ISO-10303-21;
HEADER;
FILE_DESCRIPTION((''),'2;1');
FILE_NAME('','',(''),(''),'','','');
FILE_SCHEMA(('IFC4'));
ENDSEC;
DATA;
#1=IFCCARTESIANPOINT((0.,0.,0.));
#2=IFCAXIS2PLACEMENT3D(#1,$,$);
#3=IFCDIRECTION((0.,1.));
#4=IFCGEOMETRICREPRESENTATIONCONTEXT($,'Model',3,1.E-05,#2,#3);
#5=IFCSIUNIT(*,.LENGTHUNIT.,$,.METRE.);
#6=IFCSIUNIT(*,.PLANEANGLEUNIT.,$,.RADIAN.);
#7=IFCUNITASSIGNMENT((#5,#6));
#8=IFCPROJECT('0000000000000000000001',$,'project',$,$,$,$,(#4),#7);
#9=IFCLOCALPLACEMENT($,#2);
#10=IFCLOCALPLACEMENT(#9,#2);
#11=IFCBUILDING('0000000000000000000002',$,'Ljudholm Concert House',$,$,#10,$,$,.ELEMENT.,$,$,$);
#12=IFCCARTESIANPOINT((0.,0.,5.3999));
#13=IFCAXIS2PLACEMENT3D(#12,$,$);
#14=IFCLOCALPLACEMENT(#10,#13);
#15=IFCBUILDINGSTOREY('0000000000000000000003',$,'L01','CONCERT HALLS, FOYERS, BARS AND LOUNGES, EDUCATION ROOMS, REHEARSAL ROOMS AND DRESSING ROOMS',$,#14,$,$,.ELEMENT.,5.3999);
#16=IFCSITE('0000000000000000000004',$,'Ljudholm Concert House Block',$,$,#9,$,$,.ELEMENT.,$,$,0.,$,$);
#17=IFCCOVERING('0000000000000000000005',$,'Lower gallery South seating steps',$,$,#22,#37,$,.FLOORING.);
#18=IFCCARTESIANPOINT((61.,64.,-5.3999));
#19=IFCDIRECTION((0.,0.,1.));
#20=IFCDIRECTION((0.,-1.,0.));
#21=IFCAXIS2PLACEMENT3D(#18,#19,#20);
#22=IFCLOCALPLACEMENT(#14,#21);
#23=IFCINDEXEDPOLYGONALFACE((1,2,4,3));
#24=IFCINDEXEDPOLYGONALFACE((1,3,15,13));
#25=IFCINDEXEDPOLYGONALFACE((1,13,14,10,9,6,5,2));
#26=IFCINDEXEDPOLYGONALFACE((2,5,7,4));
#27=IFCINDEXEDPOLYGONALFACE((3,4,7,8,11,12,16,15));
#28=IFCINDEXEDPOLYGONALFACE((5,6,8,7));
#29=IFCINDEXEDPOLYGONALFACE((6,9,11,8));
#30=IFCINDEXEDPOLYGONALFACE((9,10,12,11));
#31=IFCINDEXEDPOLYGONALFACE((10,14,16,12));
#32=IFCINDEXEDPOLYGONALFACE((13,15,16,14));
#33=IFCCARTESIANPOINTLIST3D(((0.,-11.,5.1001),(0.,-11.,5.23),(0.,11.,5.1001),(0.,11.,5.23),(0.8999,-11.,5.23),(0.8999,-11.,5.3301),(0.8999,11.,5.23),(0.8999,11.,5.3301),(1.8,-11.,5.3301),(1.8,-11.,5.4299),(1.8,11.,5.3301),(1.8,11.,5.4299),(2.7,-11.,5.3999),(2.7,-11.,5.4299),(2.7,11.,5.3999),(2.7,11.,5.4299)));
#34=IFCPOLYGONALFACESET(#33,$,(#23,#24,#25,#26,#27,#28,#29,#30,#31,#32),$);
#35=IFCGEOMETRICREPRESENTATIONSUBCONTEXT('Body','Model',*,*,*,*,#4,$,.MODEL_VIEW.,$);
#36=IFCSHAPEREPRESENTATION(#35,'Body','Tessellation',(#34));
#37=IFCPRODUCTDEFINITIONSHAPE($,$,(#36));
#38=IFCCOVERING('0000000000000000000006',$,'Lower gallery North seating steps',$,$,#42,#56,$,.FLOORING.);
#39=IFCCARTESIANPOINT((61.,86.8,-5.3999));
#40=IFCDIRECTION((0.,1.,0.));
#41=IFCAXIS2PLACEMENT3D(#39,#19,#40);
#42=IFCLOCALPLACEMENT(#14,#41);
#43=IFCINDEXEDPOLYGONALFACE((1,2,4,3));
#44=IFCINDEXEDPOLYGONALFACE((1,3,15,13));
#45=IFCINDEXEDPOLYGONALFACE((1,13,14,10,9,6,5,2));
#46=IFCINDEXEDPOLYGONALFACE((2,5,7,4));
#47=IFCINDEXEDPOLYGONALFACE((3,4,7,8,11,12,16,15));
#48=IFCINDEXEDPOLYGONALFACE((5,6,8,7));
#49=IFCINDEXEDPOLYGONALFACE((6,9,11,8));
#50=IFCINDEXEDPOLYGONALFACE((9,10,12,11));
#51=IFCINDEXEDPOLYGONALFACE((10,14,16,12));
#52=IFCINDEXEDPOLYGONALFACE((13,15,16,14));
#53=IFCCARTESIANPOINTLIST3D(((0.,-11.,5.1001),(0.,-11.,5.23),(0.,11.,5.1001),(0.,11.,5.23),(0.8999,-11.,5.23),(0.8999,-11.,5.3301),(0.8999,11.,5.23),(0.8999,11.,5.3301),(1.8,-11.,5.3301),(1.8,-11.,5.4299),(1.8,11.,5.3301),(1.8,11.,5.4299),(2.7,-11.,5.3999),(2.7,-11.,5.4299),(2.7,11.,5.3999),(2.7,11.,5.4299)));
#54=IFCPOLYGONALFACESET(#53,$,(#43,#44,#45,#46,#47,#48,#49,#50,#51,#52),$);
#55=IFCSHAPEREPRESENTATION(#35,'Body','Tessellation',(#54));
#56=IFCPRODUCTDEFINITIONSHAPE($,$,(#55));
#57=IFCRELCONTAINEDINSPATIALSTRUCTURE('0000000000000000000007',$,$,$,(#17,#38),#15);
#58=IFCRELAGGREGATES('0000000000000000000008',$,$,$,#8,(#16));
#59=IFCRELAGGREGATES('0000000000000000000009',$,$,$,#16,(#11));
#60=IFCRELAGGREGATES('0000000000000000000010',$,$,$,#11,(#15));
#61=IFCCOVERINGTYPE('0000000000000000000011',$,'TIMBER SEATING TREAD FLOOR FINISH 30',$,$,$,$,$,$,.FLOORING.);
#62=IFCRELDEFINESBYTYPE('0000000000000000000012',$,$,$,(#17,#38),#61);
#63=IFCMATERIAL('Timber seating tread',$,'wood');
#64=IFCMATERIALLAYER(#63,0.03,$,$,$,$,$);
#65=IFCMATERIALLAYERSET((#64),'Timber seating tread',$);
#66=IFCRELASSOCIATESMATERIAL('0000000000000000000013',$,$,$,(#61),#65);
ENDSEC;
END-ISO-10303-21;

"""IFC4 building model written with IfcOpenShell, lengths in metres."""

from ifc_helpers import new_model, si_unit, direction, frame, origin, place, context, subcontext, project, spatial, polyline, outline, extrude, material, layer, layer_set, type_object, element, save


model = new_model("IFC4")

# Units and contexts
model_context = context("Model", 3, precision=1e-05, world=origin(), true_north=direction((0.0, 1.0)))
body_context = subcontext(model_context, "Body", "Model", "MODEL_VIEW")
ifc_project = project(units=[si_unit("LENGTHUNIT", "METRE"), si_unit("PLANEANGLEUNIT", "RADIAN")], contexts=[model_context])

# Site, building, storey
site_placement = place(None, origin())
site = spatial("IfcSite", under=ifc_project, at=site_placement, Name="Ljudholm Concert House Block", CompositionType="ELEMENT", RefElevation=0.0)
building_placement = place(site_placement, origin())
building = spatial("IfcBuilding", under=site, at=building_placement, Name="Ljudholm Concert House", CompositionType="ELEMENT")
storey_placement = place(building_placement, frame((0.0, 0.0, 5.3999)))
storey = spatial("IfcBuildingStorey", under=building, at=storey_placement, Name="L01", Description="CONCERT HALLS, FOYERS, BARS AND LOUNGES, EDUCATION ROOMS, REHEARSAL ROOMS AND DRESSING ROOMS", CompositionType="ELEMENT", Elevation=5.3999)

# Coverings
ifc_material_1 = material(Name="Timber seating tread", Category="wood")
ifc_layer_1 = layer(ifc_material_1, 0.03)
ifc_layer_set_1 = layer_set([ifc_layer_1], Name="Timber seating tread")
covering_type = type_object("IfcCoveringType", Name="TIMBER SEATING TREAD FLOOR FINISH 30", PredefinedType="FLOORING", material=ifc_layer_set_1)
for number, where, z_axis, x_axis, name in (
    (1, (61.0, 64.0, -5.3999), (0.0, 0.0, 1.0), (0.0, -1.0, 0.0), "Lower gallery South seating steps"),
    (2, (61.0, 86.8, -5.3999), (0.0, 0.0, 1.0), (0.0, 1.0, 0.0), "Lower gallery North seating steps"),
):
    element("IfcCovering", number, at=place(storey_placement, frame(where, z_axis=z_axis, x_axis=x_axis)), inside=storey, type_object=covering_type, Name=name, PredefinedType="FLOORING", context=body_context, shape_type="SweptSolid", body=[
        extrude(outline(polyline([(0.0, 5.1001), (2.7, 5.3999), (2.7, 5.4299), (1.8, 5.4299), (1.8, 5.3301), (0.8999, 5.3301), (0.8999, 5.23), (0.0, 5.23), (0.0, 5.1001)])), frame((0.0, 11.0, 0.0), z_axis=(0.0, -1.0, 0.0), x_axis=(1.0, 0.0, 0.0)), (0.0, 0.0, 1.0), 22.0),
    ])

save(model, "model.ifc")
